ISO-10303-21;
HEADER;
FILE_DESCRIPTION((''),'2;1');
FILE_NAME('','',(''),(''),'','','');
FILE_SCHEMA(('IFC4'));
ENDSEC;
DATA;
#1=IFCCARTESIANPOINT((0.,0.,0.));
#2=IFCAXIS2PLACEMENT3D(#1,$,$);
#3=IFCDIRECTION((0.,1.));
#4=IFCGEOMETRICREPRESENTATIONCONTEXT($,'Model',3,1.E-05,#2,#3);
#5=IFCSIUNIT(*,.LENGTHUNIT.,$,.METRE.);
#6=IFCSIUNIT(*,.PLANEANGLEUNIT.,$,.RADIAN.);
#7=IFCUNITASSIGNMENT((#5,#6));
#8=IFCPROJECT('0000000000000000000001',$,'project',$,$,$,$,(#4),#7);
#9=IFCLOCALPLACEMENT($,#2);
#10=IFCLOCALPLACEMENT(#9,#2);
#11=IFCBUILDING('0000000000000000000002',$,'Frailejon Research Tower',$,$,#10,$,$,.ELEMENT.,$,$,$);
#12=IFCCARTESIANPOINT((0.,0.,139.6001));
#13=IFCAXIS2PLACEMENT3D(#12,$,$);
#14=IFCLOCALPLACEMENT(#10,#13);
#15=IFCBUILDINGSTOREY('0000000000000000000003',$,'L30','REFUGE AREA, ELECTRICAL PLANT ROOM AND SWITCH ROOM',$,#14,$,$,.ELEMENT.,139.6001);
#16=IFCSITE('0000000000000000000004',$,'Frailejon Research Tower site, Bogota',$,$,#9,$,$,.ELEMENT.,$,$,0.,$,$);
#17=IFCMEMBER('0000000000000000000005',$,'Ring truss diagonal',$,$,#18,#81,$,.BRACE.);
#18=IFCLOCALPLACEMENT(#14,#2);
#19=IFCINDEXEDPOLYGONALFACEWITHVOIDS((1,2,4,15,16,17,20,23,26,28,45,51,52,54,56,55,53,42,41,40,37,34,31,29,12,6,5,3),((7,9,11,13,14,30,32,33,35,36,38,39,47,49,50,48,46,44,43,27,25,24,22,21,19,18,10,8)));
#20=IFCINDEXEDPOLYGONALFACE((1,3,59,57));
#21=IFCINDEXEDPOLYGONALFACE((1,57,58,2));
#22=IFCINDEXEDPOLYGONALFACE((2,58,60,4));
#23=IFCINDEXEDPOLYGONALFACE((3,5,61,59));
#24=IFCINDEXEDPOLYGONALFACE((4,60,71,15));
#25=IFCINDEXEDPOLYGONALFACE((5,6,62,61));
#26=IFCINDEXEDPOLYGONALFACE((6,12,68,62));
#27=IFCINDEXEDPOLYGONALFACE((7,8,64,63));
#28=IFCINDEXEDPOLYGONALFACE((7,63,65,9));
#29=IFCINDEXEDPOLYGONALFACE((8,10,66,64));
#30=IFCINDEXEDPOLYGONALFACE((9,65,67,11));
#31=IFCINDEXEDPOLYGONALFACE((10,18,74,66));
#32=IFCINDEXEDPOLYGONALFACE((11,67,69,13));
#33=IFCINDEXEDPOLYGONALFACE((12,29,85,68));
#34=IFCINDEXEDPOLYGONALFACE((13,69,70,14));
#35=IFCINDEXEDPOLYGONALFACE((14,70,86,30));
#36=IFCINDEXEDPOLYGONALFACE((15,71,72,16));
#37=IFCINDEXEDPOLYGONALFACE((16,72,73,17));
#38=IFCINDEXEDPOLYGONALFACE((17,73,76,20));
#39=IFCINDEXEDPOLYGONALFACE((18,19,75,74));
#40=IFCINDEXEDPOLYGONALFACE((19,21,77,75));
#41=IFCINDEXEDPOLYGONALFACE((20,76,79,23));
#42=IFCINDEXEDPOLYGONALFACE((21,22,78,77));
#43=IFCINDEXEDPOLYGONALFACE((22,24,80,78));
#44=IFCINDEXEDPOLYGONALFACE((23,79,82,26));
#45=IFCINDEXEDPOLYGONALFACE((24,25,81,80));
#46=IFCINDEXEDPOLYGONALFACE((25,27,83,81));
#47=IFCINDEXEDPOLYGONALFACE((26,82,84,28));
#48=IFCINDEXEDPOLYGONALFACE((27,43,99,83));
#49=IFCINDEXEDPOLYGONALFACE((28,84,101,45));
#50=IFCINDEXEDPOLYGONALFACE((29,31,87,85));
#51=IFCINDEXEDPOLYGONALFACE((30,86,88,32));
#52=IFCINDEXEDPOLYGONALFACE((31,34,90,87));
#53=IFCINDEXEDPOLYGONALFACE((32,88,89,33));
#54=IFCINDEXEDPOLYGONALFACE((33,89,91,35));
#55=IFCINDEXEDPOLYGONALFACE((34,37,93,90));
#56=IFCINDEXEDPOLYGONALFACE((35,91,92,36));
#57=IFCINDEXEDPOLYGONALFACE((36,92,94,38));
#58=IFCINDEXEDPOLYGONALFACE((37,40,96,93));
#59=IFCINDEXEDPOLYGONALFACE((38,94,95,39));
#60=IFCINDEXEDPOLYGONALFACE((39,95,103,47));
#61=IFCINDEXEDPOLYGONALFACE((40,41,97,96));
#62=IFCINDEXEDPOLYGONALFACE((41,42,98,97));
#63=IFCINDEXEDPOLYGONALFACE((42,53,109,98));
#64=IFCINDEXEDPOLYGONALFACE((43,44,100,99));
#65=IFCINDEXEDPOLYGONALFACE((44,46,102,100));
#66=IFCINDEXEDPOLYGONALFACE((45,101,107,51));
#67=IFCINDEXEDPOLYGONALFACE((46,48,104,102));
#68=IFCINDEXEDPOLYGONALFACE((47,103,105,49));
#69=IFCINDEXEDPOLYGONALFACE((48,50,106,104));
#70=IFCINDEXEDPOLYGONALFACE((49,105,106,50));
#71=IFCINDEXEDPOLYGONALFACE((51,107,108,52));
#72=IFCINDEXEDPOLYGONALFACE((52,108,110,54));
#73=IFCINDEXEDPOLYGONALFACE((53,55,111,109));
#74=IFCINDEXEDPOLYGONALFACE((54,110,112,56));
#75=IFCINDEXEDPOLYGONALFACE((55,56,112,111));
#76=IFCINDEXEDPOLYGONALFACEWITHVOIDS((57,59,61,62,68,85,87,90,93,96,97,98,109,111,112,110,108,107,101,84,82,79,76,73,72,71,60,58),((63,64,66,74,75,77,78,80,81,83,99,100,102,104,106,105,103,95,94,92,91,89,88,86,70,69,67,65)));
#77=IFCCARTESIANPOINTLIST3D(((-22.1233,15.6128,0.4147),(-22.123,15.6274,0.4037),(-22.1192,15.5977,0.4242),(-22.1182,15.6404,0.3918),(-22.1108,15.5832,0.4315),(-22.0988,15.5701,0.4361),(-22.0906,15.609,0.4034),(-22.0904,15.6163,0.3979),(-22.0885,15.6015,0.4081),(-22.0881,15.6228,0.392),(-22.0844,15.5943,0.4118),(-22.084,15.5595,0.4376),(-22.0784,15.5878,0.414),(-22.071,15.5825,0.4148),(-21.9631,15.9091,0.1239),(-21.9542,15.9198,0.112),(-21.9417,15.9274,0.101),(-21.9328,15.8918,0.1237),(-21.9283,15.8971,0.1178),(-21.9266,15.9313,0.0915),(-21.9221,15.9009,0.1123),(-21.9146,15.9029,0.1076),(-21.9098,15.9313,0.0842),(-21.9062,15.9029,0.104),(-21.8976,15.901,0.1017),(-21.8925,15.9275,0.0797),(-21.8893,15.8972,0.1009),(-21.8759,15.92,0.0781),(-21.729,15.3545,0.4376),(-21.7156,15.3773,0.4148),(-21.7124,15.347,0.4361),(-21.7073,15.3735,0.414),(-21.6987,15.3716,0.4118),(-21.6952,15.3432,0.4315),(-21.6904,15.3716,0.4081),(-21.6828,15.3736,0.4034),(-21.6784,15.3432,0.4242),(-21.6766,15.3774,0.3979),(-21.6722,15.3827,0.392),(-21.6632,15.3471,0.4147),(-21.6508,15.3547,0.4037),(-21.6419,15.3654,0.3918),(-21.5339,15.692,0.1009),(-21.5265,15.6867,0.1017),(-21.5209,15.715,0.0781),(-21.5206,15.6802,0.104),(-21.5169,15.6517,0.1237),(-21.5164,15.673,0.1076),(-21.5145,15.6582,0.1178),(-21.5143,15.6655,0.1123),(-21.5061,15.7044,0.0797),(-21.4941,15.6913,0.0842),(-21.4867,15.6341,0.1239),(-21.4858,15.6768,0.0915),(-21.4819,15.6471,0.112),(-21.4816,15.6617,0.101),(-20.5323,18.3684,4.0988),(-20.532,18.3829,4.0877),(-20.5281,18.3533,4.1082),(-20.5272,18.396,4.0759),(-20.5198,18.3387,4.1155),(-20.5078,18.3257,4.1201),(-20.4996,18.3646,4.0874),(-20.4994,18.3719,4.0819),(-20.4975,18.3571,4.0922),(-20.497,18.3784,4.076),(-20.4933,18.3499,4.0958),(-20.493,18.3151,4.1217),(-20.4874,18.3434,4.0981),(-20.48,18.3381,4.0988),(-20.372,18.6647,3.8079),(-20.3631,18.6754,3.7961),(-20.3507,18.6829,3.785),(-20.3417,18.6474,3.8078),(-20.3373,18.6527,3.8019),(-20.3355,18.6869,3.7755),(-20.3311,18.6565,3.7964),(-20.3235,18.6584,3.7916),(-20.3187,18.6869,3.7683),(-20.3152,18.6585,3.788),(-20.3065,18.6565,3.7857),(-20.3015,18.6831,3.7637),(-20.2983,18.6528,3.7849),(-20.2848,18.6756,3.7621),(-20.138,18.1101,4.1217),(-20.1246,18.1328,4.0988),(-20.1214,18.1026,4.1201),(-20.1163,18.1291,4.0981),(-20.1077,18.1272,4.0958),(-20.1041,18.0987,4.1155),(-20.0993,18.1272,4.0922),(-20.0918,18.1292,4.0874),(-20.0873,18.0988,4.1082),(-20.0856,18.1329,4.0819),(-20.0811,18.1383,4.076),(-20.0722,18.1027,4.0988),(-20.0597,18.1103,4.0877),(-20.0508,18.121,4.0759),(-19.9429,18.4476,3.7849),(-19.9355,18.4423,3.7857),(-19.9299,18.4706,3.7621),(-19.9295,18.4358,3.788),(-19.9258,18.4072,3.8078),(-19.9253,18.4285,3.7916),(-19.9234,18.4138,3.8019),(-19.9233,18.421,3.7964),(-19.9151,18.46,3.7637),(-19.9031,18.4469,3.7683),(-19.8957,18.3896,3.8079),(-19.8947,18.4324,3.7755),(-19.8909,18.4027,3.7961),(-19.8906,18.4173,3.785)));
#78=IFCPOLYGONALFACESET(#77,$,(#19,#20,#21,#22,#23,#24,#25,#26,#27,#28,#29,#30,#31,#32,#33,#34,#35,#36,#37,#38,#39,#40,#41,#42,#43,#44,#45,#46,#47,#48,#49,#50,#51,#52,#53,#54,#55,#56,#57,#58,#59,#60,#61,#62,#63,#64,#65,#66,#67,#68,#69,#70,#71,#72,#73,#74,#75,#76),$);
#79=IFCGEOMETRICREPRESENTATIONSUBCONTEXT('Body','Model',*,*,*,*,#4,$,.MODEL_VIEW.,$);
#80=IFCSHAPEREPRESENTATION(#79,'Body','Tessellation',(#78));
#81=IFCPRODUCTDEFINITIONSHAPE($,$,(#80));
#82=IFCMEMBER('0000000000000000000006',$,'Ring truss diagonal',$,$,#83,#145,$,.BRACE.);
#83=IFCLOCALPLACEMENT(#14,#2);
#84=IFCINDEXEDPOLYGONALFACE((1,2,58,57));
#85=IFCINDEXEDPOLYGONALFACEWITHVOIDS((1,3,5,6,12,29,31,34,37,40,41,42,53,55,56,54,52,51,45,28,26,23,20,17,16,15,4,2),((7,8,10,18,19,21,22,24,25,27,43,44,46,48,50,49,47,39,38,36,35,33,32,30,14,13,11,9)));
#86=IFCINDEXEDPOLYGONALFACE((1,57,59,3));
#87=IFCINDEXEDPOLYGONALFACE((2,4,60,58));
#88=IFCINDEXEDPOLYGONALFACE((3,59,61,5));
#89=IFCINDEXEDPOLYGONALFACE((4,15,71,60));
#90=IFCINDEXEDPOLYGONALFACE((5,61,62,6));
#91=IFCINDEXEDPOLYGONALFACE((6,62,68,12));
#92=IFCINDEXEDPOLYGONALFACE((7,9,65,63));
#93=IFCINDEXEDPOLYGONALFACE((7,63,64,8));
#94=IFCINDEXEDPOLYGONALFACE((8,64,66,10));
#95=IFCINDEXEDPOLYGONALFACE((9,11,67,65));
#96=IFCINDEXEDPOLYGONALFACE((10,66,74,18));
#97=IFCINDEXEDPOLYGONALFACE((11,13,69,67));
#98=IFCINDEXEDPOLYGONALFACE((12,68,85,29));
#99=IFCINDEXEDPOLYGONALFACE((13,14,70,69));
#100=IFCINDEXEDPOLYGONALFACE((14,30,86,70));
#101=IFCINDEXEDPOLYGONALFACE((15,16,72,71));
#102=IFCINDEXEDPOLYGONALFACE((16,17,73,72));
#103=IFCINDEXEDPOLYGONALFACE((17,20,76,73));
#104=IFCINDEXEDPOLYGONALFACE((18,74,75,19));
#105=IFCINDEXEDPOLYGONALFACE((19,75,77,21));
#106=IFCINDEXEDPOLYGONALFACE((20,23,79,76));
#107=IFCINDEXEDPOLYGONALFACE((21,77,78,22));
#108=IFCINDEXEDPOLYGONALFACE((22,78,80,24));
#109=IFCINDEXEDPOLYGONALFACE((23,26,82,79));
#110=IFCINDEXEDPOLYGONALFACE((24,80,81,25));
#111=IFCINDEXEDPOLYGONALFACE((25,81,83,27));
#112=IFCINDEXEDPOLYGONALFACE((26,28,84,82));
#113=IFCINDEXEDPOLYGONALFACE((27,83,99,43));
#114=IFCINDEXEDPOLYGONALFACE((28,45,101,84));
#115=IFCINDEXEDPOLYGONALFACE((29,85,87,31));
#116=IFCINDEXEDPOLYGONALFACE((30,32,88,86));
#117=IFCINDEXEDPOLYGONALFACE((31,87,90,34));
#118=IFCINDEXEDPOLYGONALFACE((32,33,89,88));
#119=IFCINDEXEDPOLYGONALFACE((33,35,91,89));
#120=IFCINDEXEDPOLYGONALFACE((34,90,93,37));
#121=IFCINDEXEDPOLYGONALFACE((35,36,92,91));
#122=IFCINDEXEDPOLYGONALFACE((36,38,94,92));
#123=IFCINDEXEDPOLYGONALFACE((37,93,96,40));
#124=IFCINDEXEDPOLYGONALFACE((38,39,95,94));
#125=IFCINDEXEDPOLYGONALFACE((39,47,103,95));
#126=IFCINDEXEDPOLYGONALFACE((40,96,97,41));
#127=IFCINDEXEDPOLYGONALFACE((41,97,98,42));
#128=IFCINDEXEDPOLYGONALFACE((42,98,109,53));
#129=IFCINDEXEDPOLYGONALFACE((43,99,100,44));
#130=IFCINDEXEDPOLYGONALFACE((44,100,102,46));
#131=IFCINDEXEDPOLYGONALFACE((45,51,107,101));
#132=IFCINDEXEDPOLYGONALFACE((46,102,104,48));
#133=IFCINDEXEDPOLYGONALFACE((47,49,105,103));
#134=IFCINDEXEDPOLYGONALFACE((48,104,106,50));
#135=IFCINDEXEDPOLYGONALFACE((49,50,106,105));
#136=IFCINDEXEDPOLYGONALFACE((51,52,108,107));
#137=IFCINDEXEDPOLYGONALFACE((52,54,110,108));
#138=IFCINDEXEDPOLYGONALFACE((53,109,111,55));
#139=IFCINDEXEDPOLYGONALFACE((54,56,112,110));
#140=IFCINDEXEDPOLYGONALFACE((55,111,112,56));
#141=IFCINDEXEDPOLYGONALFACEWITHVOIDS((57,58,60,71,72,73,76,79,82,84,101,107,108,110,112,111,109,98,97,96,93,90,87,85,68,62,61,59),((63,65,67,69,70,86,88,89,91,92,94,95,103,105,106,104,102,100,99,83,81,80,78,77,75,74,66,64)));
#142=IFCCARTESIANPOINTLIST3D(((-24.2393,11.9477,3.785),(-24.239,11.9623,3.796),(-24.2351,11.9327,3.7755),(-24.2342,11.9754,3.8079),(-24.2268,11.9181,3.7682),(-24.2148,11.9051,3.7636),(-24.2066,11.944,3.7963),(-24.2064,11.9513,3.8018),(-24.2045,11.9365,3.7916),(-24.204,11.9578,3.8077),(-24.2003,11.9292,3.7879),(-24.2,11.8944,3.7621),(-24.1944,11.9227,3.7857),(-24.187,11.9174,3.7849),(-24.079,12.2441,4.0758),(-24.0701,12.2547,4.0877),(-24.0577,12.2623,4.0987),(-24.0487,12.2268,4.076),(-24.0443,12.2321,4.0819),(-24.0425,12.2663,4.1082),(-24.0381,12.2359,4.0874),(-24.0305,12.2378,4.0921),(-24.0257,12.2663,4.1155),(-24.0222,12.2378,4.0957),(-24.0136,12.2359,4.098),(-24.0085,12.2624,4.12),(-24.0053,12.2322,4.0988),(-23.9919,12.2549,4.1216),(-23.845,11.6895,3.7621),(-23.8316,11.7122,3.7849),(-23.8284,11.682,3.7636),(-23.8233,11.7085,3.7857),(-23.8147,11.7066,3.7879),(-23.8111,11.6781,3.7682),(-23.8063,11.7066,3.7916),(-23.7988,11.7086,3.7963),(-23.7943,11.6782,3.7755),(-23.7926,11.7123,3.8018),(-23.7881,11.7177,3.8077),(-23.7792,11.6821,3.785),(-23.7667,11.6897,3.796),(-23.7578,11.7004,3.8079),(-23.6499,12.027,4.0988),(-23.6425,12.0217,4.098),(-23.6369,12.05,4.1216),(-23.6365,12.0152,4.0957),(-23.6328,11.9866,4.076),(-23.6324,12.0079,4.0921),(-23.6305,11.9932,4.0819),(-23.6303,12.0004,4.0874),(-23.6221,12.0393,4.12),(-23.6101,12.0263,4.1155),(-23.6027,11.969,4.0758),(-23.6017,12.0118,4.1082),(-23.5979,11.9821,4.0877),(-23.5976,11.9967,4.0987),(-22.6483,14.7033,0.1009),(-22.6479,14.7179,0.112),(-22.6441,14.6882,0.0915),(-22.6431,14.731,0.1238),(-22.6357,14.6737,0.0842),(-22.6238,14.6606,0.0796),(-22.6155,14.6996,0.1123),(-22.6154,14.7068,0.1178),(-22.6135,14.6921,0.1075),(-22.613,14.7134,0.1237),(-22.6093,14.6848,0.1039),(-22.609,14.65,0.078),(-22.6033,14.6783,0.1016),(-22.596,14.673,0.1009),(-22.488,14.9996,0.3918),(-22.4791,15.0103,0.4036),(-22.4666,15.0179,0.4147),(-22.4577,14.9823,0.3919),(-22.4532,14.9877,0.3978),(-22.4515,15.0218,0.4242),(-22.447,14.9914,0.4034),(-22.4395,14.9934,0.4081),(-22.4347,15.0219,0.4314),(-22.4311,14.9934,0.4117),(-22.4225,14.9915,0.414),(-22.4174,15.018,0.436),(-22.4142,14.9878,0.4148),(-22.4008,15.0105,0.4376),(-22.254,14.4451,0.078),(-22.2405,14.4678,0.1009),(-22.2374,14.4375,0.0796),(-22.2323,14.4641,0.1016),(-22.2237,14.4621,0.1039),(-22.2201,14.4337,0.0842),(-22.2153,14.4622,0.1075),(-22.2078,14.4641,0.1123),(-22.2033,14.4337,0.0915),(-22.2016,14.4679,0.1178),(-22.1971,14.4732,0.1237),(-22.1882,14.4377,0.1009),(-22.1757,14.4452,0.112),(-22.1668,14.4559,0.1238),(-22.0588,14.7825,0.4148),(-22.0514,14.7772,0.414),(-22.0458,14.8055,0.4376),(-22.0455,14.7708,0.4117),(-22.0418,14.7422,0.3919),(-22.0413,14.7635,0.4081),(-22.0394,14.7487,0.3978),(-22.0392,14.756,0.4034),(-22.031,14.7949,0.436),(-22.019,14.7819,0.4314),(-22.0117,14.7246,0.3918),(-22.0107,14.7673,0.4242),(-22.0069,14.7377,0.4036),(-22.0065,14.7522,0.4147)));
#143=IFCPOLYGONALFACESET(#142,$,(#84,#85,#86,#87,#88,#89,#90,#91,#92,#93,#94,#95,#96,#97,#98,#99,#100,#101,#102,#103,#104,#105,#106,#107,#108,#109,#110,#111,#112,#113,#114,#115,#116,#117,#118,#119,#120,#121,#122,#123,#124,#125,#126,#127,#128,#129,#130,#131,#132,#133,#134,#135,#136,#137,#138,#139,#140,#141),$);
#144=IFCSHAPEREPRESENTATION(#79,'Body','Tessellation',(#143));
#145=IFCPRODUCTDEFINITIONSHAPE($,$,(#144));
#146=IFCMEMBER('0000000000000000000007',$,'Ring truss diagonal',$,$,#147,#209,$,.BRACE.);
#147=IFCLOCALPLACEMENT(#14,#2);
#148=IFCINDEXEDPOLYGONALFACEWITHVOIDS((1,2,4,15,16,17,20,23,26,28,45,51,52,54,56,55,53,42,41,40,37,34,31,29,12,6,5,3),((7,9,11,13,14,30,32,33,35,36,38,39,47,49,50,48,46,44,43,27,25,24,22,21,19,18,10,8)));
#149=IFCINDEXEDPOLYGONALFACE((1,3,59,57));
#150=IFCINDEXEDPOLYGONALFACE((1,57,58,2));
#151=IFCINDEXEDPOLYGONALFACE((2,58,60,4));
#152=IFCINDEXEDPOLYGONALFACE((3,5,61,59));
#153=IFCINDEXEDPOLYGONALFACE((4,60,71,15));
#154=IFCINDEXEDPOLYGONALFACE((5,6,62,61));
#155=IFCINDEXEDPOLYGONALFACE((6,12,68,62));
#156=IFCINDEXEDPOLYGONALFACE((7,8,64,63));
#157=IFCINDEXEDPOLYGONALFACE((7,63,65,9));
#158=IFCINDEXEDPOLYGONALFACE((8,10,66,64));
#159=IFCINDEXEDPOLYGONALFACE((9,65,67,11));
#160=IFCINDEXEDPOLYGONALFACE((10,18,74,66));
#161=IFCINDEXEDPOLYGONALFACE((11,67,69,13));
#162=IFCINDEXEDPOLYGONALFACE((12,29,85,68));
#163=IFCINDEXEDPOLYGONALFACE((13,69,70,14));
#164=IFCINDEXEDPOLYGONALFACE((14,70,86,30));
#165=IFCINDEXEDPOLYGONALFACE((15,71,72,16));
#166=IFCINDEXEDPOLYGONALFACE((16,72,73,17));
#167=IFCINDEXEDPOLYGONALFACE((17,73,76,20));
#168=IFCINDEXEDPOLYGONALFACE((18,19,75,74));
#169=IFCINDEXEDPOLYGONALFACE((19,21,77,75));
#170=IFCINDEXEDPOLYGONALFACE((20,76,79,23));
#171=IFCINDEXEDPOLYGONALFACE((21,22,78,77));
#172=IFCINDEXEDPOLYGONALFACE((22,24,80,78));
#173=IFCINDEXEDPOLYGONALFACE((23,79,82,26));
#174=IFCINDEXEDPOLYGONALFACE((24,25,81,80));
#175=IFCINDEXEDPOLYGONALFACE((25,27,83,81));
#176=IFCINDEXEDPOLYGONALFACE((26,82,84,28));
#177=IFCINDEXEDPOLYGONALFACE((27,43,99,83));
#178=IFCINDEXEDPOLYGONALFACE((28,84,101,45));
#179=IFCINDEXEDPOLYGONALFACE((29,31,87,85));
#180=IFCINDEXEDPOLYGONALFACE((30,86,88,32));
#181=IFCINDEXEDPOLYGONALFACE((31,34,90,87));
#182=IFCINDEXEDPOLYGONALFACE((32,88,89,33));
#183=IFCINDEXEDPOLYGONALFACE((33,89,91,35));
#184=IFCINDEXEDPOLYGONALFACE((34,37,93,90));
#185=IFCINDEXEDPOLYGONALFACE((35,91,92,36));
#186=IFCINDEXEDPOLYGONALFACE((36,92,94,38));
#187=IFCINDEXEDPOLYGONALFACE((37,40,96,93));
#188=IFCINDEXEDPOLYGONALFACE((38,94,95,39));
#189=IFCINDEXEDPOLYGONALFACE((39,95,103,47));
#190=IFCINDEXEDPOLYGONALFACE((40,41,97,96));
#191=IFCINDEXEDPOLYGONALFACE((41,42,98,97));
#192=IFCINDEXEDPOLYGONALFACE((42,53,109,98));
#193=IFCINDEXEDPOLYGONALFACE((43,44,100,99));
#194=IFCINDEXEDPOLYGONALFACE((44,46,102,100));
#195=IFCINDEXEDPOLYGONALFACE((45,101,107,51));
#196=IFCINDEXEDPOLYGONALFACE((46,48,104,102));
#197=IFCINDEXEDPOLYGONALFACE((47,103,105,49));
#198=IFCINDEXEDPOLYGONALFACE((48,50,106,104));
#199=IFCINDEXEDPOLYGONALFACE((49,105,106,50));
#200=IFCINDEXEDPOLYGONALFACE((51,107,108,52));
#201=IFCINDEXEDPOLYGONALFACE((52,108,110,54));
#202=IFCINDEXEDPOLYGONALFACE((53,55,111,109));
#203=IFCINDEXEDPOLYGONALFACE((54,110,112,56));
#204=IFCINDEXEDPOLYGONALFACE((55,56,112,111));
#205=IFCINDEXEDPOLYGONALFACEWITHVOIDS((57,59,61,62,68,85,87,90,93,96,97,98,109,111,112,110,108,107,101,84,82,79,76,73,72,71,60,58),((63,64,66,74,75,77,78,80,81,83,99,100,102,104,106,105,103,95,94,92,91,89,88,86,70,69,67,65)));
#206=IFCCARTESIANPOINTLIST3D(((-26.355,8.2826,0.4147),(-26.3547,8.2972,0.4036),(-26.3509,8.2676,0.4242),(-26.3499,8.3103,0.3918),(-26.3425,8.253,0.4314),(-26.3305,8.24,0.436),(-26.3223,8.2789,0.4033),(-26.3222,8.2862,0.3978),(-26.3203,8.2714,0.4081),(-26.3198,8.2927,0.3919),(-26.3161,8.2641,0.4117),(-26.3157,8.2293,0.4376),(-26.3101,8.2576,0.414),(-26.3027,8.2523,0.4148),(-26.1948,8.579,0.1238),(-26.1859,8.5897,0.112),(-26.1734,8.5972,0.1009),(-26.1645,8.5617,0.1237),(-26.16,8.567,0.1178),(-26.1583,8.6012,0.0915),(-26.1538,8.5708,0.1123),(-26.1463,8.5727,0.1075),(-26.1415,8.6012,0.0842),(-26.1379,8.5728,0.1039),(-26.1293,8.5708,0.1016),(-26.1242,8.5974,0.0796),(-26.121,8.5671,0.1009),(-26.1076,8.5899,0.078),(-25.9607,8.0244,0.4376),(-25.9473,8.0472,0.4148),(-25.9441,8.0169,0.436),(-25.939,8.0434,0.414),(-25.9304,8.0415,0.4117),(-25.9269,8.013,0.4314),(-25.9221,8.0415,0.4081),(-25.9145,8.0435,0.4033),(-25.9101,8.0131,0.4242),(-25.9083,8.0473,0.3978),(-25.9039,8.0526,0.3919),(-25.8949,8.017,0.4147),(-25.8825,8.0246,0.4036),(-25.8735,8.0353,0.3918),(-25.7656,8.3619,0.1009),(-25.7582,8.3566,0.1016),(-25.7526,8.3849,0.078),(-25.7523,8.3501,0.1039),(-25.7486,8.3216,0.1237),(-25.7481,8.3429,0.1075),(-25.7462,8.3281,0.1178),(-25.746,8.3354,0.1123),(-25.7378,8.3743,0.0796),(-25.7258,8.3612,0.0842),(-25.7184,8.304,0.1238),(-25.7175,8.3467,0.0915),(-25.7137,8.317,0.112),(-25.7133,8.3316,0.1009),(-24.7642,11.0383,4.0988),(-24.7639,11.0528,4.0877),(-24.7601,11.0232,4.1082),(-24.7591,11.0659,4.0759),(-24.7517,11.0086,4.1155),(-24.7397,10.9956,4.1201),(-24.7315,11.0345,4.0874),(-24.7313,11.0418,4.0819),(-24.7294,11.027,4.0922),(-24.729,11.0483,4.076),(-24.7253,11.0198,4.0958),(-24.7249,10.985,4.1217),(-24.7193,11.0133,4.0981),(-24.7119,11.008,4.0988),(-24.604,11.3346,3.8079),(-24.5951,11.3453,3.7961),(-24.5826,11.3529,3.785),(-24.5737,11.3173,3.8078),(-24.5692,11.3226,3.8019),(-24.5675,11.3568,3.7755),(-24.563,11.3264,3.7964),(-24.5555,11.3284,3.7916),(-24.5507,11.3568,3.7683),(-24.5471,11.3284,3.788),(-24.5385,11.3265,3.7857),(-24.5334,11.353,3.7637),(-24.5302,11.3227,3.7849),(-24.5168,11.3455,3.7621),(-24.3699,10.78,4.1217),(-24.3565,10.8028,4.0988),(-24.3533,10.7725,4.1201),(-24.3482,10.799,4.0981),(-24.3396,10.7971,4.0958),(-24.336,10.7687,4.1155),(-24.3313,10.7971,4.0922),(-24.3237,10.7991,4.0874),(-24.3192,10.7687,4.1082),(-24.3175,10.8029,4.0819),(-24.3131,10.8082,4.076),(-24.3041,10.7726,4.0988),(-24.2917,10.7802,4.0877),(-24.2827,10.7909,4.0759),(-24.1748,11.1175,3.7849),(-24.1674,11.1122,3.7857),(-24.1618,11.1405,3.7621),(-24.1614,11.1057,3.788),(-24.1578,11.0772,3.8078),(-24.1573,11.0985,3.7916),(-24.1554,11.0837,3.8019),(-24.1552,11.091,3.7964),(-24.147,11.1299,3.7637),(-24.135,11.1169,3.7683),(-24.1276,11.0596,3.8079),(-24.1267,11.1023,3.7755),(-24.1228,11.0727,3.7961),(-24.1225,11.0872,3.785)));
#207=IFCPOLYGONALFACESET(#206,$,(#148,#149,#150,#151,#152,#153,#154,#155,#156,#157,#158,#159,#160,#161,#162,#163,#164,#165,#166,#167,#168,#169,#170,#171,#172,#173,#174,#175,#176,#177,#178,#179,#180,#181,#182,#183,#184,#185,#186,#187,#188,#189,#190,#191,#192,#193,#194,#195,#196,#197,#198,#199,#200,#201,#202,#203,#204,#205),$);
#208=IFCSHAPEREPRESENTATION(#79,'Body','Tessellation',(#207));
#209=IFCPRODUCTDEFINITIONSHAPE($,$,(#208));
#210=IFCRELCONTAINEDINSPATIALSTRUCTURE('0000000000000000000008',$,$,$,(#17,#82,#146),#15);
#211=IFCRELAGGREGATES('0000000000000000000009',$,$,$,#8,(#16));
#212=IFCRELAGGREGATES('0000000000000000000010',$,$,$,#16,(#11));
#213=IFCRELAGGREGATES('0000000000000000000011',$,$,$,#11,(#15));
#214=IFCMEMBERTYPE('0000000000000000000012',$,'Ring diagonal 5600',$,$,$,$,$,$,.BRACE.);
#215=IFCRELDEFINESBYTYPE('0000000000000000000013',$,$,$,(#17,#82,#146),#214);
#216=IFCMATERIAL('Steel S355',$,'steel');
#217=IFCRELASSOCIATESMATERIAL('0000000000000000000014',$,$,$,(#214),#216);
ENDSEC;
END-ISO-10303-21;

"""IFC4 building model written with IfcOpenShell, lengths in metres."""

from ifc_helpers import new_model, si_unit, direction, frame, origin, origin_2d, place, context, subcontext, project, spatial, hollow_rectangle, extrude, material, material_profile, profile_set, type_object, element, save


model = new_model("IFC4")

# Units and contexts
model_context = context("Model", 3, precision=1e-05, world=origin(), true_north=direction((0.0, 1.0)))
body_context = subcontext(model_context, "Body", "Model", "MODEL_VIEW")
ifc_project = project(units=[si_unit("LENGTHUNIT", "METRE"), si_unit("PLANEANGLEUNIT", "RADIAN")], contexts=[model_context])

# Site, building, storey
site_placement = place(None, origin())
site = spatial("IfcSite", under=ifc_project, at=site_placement, Name="Frailejon Research Tower site, Bogota", CompositionType="ELEMENT", RefElevation=0.0)
building_placement = place(site_placement, origin())
building = spatial("IfcBuilding", under=site, at=building_placement, Name="Frailejon Research Tower", CompositionType="ELEMENT")
storey_placement = place(building_placement, frame((0.0, 0.0, 139.6001)))
storey = spatial("IfcBuildingStorey", under=building, at=storey_placement, Name="L30", Description="REFUGE AREA, ELECTRICAL PLANT ROOM AND SWITCH ROOM", CompositionType="ELEMENT", Elevation=139.6001)

# Members
ifc_material_1 = material(Name="Steel S355", Category="steel")
ifc_material_profile_1 = material_profile(ifc_material_1, hollow_rectangle(XDim=0.55, YDim=0.55, WallThickness=0.0349, InnerFilletRadius=0.0349, OuterFilletRadius=0.0701, at=origin_2d()), Name="Ring diagonal 5600")
ifc_profile_set_1 = profile_set([ifc_material_profile_1], Name="Steel S355")
member_type = type_object("IfcMemberType", Name="Ring diagonal 5600", PredefinedType="BRACE", material=ifc_profile_set_1)
for number, where, z_axis, x_axis, name in (
    (1, (-20.2114, 18.3928, 3.9419), (-0.326842, -0.566068, -0.756797), (0.866011, -0.500026, 0.0), "Ring truss diagonal"),
    (2, (-22.3274, 14.7278, 0.2578), (-0.326842, -0.566068, 0.756797), (0.866011, -0.500026, 0.0), "Ring truss diagonal"),
    (3, (-24.4434, 11.0627, 3.9419), (-0.326797, -0.566077, -0.756809), (0.866044, -0.499968, 0.0), "Ring truss diagonal"),
):
    element("IfcMember", number, at=place(storey_placement, frame(where, z_axis=z_axis, x_axis=x_axis)), inside=storey, type_object=member_type, Name=name, PredefinedType="BRACE", context=body_context, shape_type="SweptSolid", body=[
        extrude(hollow_rectangle(XDim=0.55, YDim=0.55, WallThickness=0.0349, InnerFilletRadius=0.0349, OuterFilletRadius=0.0701, at=origin_2d()), origin(), (0.0, 0.0, 1.0), 4.8679),
    ])

save(model, "model.ifc")
